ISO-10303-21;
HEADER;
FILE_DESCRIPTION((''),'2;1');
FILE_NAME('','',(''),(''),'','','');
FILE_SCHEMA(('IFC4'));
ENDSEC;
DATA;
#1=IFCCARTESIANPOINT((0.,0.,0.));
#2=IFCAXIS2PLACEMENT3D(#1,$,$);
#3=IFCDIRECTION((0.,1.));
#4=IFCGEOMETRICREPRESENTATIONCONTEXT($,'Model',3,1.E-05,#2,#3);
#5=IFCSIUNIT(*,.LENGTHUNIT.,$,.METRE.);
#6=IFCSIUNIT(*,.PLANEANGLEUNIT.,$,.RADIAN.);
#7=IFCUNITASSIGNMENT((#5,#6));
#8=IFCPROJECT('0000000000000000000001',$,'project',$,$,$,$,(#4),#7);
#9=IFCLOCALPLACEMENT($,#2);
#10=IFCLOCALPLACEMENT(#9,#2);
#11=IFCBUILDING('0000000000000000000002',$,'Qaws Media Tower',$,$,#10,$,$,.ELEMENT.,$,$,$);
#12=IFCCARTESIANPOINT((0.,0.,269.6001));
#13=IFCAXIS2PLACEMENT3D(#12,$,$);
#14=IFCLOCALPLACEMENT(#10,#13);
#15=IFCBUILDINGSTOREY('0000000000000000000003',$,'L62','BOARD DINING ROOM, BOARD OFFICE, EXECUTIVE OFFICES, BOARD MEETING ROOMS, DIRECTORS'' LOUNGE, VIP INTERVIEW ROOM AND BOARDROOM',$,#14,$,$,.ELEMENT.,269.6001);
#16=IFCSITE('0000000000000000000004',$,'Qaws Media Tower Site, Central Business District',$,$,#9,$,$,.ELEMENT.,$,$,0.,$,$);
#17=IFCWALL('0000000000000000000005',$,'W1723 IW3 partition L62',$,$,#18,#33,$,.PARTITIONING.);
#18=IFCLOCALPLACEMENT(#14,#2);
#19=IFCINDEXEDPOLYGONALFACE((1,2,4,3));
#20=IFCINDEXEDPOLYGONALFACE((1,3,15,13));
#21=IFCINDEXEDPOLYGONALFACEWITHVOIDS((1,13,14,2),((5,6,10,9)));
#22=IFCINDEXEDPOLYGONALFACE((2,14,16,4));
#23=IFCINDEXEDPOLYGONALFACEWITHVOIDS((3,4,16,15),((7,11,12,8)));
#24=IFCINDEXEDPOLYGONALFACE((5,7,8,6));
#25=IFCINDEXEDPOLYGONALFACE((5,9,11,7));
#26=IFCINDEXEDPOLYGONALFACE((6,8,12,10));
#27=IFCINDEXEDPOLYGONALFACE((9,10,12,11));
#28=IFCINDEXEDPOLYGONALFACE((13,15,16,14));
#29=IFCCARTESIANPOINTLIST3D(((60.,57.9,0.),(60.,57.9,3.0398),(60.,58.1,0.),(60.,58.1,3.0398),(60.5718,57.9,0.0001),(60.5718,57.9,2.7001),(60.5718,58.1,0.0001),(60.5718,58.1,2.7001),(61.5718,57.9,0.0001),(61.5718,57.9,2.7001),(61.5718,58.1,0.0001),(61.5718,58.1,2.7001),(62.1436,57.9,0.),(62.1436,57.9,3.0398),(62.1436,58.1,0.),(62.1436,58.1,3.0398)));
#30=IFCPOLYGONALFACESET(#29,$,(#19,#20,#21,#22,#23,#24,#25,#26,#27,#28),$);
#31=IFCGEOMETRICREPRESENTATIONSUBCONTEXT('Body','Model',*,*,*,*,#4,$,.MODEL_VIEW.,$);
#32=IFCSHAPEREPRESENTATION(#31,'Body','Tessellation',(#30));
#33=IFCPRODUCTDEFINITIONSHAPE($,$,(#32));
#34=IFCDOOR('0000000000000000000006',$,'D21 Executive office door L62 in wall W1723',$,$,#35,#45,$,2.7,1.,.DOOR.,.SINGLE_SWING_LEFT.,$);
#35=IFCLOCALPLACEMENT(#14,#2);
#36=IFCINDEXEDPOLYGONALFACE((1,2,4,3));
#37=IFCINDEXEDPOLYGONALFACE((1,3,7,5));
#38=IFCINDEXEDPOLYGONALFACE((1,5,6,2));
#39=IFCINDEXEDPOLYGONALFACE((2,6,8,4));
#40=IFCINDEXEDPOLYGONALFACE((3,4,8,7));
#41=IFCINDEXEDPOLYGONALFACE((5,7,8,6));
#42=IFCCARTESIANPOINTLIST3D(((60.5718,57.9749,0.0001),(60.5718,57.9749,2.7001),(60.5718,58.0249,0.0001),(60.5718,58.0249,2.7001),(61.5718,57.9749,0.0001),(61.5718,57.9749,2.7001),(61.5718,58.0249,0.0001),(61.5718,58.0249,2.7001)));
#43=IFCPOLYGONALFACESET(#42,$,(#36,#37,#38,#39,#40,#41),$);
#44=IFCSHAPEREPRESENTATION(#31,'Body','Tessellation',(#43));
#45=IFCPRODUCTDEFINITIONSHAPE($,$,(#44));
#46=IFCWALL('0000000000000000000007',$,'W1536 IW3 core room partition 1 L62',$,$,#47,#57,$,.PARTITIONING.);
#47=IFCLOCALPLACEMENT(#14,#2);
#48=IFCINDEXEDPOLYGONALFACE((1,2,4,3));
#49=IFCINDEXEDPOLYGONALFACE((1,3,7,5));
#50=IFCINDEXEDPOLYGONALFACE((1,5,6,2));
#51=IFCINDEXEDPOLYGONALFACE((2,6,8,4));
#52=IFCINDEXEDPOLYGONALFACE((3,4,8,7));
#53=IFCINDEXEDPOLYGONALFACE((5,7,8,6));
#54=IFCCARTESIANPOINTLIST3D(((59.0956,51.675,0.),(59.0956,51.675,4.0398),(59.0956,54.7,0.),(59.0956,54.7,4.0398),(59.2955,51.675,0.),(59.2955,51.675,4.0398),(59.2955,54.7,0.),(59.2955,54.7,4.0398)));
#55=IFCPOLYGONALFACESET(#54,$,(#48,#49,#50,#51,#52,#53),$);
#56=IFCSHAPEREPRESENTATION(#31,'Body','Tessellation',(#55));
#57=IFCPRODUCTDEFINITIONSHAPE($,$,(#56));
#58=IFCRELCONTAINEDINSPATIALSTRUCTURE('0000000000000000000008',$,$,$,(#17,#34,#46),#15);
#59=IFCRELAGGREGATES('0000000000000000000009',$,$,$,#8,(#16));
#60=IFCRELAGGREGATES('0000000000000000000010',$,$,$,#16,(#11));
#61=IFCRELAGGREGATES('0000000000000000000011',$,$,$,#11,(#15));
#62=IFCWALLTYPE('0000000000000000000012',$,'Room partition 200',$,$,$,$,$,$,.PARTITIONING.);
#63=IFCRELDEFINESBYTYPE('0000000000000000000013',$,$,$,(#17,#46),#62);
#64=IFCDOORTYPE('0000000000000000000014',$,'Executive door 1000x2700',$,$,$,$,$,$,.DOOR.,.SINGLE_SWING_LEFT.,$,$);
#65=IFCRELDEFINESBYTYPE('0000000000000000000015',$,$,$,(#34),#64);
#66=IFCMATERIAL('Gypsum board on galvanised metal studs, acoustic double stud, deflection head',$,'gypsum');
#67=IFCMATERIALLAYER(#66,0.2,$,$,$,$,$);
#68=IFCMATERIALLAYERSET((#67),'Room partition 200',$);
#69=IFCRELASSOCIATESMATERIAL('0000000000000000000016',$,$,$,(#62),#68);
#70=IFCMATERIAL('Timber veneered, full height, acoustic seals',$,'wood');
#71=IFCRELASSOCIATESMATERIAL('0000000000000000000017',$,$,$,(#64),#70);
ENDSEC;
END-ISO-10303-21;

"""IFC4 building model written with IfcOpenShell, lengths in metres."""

from ifc_helpers import new_model, si_unit, direction, frame, frame_2d, origin, place, context, subcontext, project, spatial, rectangle, extrude, material, layer, layer_set, type_object, element, fill, save


model = new_model("IFC4")

# Units and contexts
model_context = context("Model", 3, precision=1e-05, world=origin(), true_north=direction((0.0, 1.0)))
body_context = subcontext(model_context, "Body", "Model", "MODEL_VIEW")
ifc_project = project(units=[si_unit("LENGTHUNIT", "METRE"), si_unit("PLANEANGLEUNIT", "RADIAN")], contexts=[model_context])

# Site, building, storey
site_placement = place(None, origin())
site = spatial("IfcSite", under=ifc_project, at=site_placement, Name="Qaws Media Tower Site, Central Business District", CompositionType="ELEMENT", RefElevation=0.0)
building_placement = place(site_placement, origin())
building = spatial("IfcBuilding", under=site, at=building_placement, Name="Qaws Media Tower", CompositionType="ELEMENT")
storey_placement = place(building_placement, frame((0.0, 0.0, 269.6001)))
storey = spatial("IfcBuildingStorey", under=building, at=storey_placement, Name="L62", Description="BOARD DINING ROOM, BOARD OFFICE, EXECUTIVE OFFICES, BOARD MEETING ROOMS, DIRECTORS' LOUNGE, VIP INTERVIEW ROOM AND BOARDROOM", CompositionType="ELEMENT", Elevation=269.6001)

# Wall, opening, door
ifc_material_1 = material(Name="Gypsum board on galvanised metal studs, acoustic double stud, deflection head", Category="gypsum")
ifc_layer_1 = layer(ifc_material_1, 0.2)
ifc_layer_set_1 = layer_set([ifc_layer_1], Name="Room partition 200")
wall_type_1 = type_object("IfcWallType", Name="Room partition 200", PredefinedType="PARTITIONING", material=ifc_layer_set_1)
ifc_material_2 = material(Name="Timber veneered, full height, acoustic seals", Category="wood")
door_type_1 = type_object("IfcDoorType", Name="Executive door 1000x2700", OperationType="SINGLE_SWING_LEFT", PredefinedType="DOOR", material=ifc_material_2)
wall_1_placement = place(storey_placement, frame((60.0, 58.0, 0.0), z_axis=(0.0, 0.0, 1.0), x_axis=(1.0, 0.0, 0.0)))
wall_1 = element("IfcWall", 1, at=wall_1_placement, inside=storey, type_object=wall_type_1, Name="W1723 IW3 partition L62", PredefinedType="PARTITIONING", context=body_context, shape_type="SweptSolid", body=[
    extrude(rectangle(XDim=2.1436, YDim=0.2, at=frame_2d((1.0718, 0.0))), origin(), (0.0, 0.0, 1.0), 3.0398),
])
opening_1_placement = place(wall_1_placement, frame((0.5718, 0.0, 0.0)))
opening_1 = element("IfcOpeningElement", 2, at=opening_1_placement, cuts=wall_1, PredefinedType="OPENING", context=body_context, shape_type="SweptSolid", body=[
    extrude(rectangle(XDim=1.0, YDim=2.7, at=frame_2d((0.5, 1.3501))), frame((0.0, 0.1099, 0.0), z_axis=(0.0, -1.0, 0.0), x_axis=(1.0, 0.0, 0.0)), (0.0, 0.0, 1.0), 0.22),
])
door_1_placement = place(opening_1_placement, origin())
door_1 = element("IfcDoor", 3, at=door_1_placement, inside=storey, type_object=door_type_1, Name="D21 Executive office door L62 in wall W1723", OperationType="SINGLE_SWING_LEFT", OverallHeight=2.7, OverallWidth=1.0, PredefinedType="DOOR", context=body_context, shape_type="SweptSolid", body=[
    extrude(rectangle(XDim=1.0, YDim=2.7, at=frame_2d((0.5, 1.3501))), frame((0.0, 0.0249, 0.0), z_axis=(0.0, -1.0, 0.0), x_axis=(1.0, 0.0, 0.0)), (0.0, 0.0, 1.0), 0.05),
])
fill(opening_1, door_1)

# Wall
wall_2_placement = place(storey_placement, frame((59.1956, 51.675, 0.0), z_axis=(0.0, 0.0, 1.0), x_axis=(0.0, 1.0, 0.0)))
element("IfcWall", 4, at=wall_2_placement, inside=storey, type_object=wall_type_1, Name="W1536 IW3 core room partition 1 L62", PredefinedType="PARTITIONING", context=body_context, shape_type="SweptSolid", body=[
    extrude(rectangle(XDim=3.0249, YDim=0.2, at=frame_2d((1.5125, 0.0))), origin(), (0.0, 0.0, 1.0), 4.0398),
])

save(model, "model.ifc")
